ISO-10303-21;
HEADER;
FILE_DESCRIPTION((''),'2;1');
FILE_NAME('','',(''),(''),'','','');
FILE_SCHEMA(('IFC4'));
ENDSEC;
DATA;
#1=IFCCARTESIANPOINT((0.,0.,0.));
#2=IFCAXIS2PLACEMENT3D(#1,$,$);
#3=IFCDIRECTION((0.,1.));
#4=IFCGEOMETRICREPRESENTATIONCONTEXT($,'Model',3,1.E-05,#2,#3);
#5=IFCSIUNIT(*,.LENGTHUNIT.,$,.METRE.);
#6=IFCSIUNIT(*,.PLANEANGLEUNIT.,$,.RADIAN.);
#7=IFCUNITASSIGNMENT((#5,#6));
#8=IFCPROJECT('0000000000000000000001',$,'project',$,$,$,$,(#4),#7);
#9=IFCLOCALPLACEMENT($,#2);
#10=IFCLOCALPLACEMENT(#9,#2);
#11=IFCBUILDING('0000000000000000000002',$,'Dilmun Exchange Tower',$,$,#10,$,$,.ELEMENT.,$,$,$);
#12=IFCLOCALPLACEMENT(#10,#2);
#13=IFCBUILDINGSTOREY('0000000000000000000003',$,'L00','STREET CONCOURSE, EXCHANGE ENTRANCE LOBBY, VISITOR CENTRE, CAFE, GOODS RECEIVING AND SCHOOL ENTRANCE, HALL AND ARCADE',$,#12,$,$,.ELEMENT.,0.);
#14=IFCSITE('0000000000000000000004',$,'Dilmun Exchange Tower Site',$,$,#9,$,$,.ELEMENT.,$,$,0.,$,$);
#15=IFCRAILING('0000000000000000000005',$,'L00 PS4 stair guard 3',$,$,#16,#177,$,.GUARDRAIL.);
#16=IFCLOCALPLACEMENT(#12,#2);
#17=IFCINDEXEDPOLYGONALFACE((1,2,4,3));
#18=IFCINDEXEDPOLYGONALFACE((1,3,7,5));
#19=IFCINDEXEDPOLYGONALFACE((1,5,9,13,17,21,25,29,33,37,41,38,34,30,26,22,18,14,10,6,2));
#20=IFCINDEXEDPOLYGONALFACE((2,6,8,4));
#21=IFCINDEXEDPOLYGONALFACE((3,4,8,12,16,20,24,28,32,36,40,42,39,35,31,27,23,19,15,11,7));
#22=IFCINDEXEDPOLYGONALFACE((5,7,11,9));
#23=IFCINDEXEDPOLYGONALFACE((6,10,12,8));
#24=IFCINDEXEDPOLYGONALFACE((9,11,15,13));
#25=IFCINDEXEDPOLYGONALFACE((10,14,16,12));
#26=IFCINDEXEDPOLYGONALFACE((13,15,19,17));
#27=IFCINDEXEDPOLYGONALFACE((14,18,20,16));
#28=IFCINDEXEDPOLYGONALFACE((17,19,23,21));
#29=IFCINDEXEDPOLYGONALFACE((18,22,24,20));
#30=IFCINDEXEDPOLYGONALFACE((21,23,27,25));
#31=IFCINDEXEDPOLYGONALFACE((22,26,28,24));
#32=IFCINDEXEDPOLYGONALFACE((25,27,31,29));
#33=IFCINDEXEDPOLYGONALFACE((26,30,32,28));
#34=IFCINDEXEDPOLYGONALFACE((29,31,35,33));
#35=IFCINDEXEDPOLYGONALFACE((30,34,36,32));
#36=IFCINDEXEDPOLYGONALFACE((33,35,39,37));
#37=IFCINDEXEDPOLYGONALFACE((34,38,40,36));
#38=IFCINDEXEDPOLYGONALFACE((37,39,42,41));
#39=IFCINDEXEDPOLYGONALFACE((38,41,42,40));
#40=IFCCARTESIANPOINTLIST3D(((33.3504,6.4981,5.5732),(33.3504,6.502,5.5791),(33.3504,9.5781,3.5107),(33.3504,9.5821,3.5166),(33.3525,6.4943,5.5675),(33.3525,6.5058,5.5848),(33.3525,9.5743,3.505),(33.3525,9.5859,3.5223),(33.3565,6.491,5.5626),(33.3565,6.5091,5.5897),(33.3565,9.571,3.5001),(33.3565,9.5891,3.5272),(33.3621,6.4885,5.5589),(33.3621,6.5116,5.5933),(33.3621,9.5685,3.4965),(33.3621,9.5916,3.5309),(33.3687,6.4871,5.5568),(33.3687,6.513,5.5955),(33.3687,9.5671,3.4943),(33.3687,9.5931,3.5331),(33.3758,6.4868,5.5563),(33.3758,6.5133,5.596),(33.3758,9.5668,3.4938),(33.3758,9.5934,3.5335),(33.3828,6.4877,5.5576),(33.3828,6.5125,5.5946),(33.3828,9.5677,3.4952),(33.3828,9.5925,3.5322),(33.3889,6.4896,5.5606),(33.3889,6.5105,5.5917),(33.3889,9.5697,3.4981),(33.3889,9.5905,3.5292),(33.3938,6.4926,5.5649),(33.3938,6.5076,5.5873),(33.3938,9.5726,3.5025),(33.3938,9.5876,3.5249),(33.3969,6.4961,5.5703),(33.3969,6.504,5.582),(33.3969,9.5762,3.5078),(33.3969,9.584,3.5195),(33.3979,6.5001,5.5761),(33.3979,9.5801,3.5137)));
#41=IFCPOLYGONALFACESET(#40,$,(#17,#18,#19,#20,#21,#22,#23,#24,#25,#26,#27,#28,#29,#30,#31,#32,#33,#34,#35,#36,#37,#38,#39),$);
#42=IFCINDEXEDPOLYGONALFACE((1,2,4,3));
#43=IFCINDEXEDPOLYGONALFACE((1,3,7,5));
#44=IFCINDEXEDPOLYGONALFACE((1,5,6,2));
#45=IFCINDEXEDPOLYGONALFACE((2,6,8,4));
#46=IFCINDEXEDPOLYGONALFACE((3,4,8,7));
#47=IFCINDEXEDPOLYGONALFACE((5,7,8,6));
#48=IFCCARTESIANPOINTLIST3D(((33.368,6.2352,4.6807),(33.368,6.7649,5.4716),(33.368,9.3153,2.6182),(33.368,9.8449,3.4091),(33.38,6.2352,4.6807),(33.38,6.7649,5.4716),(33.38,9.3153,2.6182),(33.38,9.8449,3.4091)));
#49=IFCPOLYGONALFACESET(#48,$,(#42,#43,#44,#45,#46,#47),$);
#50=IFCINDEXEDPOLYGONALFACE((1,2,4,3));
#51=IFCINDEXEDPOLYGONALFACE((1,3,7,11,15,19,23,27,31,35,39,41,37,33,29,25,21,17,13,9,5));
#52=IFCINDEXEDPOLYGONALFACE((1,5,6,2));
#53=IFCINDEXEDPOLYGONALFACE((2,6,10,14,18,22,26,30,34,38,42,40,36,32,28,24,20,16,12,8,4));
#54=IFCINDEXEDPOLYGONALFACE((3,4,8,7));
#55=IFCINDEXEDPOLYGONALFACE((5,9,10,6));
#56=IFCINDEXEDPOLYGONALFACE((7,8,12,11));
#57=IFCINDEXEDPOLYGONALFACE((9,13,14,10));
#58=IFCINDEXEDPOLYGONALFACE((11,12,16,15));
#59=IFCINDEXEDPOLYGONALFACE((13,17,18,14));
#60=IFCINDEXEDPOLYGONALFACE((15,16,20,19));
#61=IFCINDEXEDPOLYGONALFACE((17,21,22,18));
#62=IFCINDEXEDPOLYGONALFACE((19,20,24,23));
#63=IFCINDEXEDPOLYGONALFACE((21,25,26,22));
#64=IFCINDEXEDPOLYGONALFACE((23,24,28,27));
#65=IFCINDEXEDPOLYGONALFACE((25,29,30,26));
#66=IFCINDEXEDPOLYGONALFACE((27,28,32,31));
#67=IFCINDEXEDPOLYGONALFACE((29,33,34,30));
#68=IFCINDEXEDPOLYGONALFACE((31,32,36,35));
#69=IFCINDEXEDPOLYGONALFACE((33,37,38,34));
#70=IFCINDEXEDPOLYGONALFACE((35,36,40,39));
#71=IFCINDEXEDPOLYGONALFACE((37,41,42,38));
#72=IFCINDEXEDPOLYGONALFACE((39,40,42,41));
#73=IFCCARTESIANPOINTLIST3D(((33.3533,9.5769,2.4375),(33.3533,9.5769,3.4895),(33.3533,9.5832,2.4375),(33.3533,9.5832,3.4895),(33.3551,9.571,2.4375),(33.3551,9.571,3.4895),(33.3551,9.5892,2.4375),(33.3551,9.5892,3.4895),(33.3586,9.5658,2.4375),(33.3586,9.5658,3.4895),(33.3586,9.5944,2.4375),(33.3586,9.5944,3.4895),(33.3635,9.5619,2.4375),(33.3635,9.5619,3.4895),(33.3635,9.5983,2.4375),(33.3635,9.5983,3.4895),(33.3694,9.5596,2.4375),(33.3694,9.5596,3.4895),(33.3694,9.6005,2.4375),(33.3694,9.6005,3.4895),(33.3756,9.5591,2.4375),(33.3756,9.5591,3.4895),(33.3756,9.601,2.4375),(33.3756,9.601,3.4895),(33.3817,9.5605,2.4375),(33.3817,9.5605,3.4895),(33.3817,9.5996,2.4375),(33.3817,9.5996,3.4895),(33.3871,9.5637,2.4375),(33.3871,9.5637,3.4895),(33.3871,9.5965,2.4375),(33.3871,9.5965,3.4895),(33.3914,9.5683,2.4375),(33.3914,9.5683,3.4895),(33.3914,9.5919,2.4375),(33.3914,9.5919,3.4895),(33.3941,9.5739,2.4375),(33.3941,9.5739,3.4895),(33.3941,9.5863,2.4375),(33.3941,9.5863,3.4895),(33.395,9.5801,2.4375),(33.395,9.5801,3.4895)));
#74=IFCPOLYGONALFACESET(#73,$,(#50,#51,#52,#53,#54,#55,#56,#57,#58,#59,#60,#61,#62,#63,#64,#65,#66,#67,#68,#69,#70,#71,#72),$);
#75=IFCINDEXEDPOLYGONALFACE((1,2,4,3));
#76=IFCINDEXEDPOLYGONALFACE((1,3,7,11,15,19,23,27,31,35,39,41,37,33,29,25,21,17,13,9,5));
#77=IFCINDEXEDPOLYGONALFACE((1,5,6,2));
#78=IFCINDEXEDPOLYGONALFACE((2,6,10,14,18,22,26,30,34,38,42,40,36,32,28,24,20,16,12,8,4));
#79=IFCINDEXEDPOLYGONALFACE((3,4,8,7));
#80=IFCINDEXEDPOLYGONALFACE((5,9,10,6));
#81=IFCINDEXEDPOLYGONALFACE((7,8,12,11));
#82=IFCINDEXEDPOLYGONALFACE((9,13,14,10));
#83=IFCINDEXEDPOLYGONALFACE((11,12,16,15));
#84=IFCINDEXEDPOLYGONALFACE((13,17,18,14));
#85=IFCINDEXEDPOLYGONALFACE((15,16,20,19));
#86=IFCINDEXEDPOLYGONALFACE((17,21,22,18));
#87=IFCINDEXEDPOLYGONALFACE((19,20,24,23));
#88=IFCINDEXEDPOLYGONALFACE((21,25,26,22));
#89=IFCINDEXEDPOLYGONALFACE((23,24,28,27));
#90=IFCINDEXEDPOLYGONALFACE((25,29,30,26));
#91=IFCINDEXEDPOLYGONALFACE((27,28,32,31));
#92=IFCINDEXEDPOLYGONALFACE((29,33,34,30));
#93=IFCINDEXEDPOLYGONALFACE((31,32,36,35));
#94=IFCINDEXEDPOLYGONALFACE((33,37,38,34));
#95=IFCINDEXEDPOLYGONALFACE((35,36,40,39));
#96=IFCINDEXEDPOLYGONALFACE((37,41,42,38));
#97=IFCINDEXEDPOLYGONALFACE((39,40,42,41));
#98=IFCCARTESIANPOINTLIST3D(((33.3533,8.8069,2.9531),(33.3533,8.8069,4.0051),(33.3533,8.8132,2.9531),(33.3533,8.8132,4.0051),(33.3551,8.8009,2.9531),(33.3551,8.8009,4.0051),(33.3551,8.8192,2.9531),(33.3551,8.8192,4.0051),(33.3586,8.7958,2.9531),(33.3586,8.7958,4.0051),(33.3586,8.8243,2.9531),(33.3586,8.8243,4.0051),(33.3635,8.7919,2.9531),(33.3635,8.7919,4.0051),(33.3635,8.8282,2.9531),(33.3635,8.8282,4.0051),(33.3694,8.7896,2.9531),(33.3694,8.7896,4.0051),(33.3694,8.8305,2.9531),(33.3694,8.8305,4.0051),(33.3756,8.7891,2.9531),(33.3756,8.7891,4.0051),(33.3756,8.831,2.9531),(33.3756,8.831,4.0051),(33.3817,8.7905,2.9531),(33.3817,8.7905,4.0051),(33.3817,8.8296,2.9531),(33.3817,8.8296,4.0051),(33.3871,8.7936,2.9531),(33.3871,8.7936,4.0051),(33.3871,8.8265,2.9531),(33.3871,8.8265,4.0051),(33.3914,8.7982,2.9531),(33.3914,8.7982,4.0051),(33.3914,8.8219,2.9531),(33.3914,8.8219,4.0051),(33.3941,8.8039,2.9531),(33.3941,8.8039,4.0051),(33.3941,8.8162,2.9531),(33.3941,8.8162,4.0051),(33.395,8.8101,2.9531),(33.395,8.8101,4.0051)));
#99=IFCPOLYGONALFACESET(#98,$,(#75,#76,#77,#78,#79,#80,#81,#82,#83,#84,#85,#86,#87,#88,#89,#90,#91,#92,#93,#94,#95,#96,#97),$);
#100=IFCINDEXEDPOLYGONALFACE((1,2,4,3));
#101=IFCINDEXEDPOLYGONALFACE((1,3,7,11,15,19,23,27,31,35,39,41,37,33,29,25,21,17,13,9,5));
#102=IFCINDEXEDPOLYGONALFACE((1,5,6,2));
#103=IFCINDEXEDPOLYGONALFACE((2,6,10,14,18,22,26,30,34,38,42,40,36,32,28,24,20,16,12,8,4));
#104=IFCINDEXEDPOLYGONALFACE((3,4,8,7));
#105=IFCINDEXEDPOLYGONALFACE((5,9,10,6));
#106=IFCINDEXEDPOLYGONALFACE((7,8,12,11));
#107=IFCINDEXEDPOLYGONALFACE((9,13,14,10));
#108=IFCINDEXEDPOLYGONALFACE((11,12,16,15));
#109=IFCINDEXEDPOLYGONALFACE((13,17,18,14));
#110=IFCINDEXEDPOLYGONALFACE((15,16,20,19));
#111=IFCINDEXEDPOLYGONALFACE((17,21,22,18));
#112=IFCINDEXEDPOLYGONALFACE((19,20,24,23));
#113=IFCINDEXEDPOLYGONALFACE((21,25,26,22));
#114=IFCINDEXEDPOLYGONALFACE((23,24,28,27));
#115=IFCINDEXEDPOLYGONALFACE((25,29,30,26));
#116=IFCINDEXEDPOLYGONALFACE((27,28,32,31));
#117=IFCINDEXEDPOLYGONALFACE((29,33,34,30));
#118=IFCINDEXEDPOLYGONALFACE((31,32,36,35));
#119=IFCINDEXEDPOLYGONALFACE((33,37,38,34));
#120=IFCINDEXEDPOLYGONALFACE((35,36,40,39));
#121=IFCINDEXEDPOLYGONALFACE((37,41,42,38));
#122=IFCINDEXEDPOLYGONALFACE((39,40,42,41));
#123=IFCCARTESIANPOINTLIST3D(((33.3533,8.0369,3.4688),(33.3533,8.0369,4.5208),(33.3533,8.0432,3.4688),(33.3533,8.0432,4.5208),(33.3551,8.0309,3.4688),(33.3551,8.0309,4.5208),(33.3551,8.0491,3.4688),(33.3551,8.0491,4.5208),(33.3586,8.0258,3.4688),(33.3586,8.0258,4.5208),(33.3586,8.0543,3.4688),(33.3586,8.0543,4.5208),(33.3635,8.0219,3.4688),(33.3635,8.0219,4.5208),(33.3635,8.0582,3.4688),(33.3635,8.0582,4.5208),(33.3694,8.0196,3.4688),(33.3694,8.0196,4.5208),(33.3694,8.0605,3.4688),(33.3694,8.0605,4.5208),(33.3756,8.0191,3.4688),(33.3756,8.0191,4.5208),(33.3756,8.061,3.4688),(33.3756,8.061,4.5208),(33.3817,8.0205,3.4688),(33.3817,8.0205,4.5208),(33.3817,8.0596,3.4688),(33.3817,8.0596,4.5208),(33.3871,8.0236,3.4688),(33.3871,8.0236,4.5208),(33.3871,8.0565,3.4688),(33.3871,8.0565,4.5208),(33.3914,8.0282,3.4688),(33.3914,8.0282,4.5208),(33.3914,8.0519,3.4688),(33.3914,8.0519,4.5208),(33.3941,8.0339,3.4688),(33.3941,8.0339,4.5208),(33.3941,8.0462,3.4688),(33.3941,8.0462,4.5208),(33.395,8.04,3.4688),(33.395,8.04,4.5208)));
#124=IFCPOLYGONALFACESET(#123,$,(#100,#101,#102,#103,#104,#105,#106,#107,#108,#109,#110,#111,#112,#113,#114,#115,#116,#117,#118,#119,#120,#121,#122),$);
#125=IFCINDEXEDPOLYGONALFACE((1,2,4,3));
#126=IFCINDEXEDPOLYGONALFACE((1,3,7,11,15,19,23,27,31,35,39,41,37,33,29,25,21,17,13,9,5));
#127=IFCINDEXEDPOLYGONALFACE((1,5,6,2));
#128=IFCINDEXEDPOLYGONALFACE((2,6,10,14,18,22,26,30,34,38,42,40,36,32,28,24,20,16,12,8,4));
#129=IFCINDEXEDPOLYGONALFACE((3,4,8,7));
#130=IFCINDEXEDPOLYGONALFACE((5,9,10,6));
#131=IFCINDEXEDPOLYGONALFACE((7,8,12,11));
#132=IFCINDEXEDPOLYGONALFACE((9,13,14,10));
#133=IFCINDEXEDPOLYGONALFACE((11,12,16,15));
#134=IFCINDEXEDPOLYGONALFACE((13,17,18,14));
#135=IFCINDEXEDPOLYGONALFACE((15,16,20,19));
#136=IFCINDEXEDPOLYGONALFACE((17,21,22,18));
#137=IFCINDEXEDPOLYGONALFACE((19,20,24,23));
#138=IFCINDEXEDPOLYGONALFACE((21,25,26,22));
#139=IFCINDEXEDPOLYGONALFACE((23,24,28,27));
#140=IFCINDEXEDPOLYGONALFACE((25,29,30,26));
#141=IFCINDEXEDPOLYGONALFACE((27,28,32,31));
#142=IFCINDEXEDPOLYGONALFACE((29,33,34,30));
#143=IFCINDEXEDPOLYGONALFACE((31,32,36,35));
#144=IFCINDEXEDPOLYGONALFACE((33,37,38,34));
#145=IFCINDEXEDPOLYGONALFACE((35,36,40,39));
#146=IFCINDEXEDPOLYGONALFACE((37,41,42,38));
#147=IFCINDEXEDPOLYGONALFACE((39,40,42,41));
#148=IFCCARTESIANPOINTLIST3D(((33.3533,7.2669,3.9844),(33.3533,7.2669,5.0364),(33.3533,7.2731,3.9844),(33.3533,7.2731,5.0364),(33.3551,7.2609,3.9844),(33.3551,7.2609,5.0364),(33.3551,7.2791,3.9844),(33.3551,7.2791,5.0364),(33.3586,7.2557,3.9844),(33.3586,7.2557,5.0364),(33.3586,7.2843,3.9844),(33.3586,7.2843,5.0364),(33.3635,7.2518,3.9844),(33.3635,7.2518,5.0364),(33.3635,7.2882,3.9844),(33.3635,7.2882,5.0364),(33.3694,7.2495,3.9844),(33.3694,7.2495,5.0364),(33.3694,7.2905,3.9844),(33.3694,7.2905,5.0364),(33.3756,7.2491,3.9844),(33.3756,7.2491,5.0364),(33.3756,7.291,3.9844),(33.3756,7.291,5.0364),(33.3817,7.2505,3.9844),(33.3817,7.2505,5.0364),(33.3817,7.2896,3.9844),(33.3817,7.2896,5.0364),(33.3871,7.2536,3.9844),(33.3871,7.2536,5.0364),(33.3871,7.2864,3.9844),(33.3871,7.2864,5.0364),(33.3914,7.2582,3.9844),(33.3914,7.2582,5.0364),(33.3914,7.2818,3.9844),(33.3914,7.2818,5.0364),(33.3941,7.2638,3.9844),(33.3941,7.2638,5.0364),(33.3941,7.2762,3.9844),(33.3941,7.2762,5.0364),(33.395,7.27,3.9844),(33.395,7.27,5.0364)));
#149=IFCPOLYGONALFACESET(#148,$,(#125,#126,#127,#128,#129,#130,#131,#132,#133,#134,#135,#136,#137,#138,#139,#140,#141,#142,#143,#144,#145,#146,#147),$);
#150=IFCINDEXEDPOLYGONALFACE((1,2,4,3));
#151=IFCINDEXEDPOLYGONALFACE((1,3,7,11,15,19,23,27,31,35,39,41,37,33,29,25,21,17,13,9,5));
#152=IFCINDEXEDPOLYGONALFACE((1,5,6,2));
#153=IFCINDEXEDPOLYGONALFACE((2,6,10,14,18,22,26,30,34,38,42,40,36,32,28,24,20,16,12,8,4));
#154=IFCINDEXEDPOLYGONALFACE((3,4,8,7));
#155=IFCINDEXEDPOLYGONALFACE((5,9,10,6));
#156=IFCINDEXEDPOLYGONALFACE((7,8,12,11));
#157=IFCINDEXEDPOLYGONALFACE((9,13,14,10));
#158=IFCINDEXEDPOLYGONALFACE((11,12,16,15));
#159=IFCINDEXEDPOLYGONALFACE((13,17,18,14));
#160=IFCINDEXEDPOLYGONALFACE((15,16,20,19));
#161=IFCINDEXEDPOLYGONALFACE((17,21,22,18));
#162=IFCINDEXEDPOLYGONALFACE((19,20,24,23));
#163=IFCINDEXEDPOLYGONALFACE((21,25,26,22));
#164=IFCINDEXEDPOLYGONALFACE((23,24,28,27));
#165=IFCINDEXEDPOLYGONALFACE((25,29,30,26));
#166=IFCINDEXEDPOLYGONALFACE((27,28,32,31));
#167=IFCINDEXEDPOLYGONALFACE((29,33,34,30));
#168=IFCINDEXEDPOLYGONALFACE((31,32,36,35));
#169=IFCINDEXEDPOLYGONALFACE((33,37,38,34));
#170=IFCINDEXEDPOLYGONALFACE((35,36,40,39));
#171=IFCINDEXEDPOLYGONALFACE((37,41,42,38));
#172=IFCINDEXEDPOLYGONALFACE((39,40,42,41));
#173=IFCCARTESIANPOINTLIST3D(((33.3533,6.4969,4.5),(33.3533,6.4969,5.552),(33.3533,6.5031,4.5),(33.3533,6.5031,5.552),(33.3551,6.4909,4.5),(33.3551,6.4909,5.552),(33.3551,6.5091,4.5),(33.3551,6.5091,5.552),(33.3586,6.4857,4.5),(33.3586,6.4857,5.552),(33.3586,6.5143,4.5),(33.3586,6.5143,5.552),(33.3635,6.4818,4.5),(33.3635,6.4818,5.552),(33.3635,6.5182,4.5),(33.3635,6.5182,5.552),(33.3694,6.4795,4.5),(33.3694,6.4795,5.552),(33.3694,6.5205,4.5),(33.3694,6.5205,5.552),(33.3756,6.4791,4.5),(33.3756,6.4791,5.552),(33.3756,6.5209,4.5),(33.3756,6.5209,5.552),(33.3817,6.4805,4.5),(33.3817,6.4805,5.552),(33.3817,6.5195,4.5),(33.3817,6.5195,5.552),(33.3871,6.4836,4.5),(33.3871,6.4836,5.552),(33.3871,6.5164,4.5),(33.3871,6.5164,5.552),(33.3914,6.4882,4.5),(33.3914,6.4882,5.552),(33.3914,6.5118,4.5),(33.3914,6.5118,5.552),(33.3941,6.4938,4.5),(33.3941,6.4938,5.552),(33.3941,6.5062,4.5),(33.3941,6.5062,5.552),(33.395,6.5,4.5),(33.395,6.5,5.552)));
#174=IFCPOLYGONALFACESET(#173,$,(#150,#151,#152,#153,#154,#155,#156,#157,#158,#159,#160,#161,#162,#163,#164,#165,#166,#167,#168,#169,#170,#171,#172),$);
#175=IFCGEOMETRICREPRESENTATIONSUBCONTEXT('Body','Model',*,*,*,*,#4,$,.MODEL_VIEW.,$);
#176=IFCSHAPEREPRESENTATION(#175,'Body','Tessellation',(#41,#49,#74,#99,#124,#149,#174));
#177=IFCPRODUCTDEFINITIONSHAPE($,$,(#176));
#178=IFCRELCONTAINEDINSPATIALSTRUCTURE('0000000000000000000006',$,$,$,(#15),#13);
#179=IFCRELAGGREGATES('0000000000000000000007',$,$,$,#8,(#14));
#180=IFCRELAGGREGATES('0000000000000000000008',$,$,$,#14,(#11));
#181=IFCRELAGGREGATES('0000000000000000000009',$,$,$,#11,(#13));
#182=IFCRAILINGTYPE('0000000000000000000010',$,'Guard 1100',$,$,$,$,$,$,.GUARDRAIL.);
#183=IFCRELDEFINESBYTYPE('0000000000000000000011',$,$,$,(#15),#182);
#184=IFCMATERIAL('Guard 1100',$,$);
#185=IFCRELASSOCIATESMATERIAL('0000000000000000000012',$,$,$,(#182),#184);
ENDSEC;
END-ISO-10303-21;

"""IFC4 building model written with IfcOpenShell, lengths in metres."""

from ifc_helpers import new_model, si_unit, direction, frame, origin, origin_2d, place, context, subcontext, project, spatial, rectangle, circle, extrude, material, type_object, element, save


model = new_model("IFC4")

# Units and contexts
model_context = context("Model", 3, precision=1e-05, world=origin(), true_north=direction((0.0, 1.0)))
body_context = subcontext(model_context, "Body", "Model", "MODEL_VIEW")
ifc_project = project(units=[si_unit("LENGTHUNIT", "METRE"), si_unit("PLANEANGLEUNIT", "RADIAN")], contexts=[model_context])

# Site, building, storey
site_placement = place(None, origin())
site = spatial("IfcSite", under=ifc_project, at=site_placement, Name="Dilmun Exchange Tower Site", CompositionType="ELEMENT", RefElevation=0.0)
building_placement = place(site_placement, origin())
building = spatial("IfcBuilding", under=site, at=building_placement, Name="Dilmun Exchange Tower", CompositionType="ELEMENT")
storey_placement = place(building_placement, origin())
storey = spatial("IfcBuildingStorey", under=building, at=storey_placement, Name="L00", Description="STREET CONCOURSE, EXCHANGE ENTRANCE LOBBY, VISITOR CENTRE, CAFE, GOODS RECEIVING AND SCHOOL ENTRANCE, HALL AND ARCADE", CompositionType="ELEMENT", Elevation=0.0)

# Railing
ifc_material_1 = material(Name="Guard 1100")
railing_type_1 = type_object("IfcRailingType", Name="Guard 1100", PredefinedType="GUARDRAIL", material=ifc_material_1)
railing_1_placement = place(storey_placement, frame((33.374, 9.5801, 2.4375)))
element("IfcRailing", 1, at=railing_1_placement, inside=storey, type_object=railing_type_1, Name="L00 PS4 stair guard 3", PredefinedType="GUARDRAIL", context=body_context, shape_type="SweptSolid", body=[
    extrude(circle(Radius=0.0239, at=origin_2d()), frame((0.0, 0.0, 1.0762), z_axis=(0.0, -0.830914, 0.556401), x_axis=(1.0, 0.0, 0.0)), (0.0, 0.0, 1.0), 3.7068),
    extrude(rectangle(XDim=0.012, YDim=0.9519, at=origin_2d()), frame((0.0, 0.0, 0.5762), z_axis=(0.0, -0.830914, 0.556401), x_axis=(1.0, 0.0, 0.0)), (0.0, 0.0, 1.0), 3.7068),
    extrude(circle(Radius=0.021, at=origin_2d()), origin(), (0.0, 0.0, 1.0), 1.052),
    extrude(circle(Radius=0.021, at=origin_2d()), frame((0.0, -0.77, 0.5156)), (0.0, 0.0, 1.0), 1.052),
    extrude(circle(Radius=0.021, at=origin_2d()), frame((0.0, -1.54, 1.0312)), (0.0, 0.0, 1.0), 1.052),
    extrude(circle(Radius=0.021, at=origin_2d()), frame((0.0, -2.3101, 1.5469)), (0.0, 0.0, 1.0), 1.052),
    extrude(circle(Radius=0.021, at=origin_2d()), frame((0.0, -3.0801, 2.0625)), (0.0, 0.0, 1.0), 1.052),
])

save(model, "model.ifc")
